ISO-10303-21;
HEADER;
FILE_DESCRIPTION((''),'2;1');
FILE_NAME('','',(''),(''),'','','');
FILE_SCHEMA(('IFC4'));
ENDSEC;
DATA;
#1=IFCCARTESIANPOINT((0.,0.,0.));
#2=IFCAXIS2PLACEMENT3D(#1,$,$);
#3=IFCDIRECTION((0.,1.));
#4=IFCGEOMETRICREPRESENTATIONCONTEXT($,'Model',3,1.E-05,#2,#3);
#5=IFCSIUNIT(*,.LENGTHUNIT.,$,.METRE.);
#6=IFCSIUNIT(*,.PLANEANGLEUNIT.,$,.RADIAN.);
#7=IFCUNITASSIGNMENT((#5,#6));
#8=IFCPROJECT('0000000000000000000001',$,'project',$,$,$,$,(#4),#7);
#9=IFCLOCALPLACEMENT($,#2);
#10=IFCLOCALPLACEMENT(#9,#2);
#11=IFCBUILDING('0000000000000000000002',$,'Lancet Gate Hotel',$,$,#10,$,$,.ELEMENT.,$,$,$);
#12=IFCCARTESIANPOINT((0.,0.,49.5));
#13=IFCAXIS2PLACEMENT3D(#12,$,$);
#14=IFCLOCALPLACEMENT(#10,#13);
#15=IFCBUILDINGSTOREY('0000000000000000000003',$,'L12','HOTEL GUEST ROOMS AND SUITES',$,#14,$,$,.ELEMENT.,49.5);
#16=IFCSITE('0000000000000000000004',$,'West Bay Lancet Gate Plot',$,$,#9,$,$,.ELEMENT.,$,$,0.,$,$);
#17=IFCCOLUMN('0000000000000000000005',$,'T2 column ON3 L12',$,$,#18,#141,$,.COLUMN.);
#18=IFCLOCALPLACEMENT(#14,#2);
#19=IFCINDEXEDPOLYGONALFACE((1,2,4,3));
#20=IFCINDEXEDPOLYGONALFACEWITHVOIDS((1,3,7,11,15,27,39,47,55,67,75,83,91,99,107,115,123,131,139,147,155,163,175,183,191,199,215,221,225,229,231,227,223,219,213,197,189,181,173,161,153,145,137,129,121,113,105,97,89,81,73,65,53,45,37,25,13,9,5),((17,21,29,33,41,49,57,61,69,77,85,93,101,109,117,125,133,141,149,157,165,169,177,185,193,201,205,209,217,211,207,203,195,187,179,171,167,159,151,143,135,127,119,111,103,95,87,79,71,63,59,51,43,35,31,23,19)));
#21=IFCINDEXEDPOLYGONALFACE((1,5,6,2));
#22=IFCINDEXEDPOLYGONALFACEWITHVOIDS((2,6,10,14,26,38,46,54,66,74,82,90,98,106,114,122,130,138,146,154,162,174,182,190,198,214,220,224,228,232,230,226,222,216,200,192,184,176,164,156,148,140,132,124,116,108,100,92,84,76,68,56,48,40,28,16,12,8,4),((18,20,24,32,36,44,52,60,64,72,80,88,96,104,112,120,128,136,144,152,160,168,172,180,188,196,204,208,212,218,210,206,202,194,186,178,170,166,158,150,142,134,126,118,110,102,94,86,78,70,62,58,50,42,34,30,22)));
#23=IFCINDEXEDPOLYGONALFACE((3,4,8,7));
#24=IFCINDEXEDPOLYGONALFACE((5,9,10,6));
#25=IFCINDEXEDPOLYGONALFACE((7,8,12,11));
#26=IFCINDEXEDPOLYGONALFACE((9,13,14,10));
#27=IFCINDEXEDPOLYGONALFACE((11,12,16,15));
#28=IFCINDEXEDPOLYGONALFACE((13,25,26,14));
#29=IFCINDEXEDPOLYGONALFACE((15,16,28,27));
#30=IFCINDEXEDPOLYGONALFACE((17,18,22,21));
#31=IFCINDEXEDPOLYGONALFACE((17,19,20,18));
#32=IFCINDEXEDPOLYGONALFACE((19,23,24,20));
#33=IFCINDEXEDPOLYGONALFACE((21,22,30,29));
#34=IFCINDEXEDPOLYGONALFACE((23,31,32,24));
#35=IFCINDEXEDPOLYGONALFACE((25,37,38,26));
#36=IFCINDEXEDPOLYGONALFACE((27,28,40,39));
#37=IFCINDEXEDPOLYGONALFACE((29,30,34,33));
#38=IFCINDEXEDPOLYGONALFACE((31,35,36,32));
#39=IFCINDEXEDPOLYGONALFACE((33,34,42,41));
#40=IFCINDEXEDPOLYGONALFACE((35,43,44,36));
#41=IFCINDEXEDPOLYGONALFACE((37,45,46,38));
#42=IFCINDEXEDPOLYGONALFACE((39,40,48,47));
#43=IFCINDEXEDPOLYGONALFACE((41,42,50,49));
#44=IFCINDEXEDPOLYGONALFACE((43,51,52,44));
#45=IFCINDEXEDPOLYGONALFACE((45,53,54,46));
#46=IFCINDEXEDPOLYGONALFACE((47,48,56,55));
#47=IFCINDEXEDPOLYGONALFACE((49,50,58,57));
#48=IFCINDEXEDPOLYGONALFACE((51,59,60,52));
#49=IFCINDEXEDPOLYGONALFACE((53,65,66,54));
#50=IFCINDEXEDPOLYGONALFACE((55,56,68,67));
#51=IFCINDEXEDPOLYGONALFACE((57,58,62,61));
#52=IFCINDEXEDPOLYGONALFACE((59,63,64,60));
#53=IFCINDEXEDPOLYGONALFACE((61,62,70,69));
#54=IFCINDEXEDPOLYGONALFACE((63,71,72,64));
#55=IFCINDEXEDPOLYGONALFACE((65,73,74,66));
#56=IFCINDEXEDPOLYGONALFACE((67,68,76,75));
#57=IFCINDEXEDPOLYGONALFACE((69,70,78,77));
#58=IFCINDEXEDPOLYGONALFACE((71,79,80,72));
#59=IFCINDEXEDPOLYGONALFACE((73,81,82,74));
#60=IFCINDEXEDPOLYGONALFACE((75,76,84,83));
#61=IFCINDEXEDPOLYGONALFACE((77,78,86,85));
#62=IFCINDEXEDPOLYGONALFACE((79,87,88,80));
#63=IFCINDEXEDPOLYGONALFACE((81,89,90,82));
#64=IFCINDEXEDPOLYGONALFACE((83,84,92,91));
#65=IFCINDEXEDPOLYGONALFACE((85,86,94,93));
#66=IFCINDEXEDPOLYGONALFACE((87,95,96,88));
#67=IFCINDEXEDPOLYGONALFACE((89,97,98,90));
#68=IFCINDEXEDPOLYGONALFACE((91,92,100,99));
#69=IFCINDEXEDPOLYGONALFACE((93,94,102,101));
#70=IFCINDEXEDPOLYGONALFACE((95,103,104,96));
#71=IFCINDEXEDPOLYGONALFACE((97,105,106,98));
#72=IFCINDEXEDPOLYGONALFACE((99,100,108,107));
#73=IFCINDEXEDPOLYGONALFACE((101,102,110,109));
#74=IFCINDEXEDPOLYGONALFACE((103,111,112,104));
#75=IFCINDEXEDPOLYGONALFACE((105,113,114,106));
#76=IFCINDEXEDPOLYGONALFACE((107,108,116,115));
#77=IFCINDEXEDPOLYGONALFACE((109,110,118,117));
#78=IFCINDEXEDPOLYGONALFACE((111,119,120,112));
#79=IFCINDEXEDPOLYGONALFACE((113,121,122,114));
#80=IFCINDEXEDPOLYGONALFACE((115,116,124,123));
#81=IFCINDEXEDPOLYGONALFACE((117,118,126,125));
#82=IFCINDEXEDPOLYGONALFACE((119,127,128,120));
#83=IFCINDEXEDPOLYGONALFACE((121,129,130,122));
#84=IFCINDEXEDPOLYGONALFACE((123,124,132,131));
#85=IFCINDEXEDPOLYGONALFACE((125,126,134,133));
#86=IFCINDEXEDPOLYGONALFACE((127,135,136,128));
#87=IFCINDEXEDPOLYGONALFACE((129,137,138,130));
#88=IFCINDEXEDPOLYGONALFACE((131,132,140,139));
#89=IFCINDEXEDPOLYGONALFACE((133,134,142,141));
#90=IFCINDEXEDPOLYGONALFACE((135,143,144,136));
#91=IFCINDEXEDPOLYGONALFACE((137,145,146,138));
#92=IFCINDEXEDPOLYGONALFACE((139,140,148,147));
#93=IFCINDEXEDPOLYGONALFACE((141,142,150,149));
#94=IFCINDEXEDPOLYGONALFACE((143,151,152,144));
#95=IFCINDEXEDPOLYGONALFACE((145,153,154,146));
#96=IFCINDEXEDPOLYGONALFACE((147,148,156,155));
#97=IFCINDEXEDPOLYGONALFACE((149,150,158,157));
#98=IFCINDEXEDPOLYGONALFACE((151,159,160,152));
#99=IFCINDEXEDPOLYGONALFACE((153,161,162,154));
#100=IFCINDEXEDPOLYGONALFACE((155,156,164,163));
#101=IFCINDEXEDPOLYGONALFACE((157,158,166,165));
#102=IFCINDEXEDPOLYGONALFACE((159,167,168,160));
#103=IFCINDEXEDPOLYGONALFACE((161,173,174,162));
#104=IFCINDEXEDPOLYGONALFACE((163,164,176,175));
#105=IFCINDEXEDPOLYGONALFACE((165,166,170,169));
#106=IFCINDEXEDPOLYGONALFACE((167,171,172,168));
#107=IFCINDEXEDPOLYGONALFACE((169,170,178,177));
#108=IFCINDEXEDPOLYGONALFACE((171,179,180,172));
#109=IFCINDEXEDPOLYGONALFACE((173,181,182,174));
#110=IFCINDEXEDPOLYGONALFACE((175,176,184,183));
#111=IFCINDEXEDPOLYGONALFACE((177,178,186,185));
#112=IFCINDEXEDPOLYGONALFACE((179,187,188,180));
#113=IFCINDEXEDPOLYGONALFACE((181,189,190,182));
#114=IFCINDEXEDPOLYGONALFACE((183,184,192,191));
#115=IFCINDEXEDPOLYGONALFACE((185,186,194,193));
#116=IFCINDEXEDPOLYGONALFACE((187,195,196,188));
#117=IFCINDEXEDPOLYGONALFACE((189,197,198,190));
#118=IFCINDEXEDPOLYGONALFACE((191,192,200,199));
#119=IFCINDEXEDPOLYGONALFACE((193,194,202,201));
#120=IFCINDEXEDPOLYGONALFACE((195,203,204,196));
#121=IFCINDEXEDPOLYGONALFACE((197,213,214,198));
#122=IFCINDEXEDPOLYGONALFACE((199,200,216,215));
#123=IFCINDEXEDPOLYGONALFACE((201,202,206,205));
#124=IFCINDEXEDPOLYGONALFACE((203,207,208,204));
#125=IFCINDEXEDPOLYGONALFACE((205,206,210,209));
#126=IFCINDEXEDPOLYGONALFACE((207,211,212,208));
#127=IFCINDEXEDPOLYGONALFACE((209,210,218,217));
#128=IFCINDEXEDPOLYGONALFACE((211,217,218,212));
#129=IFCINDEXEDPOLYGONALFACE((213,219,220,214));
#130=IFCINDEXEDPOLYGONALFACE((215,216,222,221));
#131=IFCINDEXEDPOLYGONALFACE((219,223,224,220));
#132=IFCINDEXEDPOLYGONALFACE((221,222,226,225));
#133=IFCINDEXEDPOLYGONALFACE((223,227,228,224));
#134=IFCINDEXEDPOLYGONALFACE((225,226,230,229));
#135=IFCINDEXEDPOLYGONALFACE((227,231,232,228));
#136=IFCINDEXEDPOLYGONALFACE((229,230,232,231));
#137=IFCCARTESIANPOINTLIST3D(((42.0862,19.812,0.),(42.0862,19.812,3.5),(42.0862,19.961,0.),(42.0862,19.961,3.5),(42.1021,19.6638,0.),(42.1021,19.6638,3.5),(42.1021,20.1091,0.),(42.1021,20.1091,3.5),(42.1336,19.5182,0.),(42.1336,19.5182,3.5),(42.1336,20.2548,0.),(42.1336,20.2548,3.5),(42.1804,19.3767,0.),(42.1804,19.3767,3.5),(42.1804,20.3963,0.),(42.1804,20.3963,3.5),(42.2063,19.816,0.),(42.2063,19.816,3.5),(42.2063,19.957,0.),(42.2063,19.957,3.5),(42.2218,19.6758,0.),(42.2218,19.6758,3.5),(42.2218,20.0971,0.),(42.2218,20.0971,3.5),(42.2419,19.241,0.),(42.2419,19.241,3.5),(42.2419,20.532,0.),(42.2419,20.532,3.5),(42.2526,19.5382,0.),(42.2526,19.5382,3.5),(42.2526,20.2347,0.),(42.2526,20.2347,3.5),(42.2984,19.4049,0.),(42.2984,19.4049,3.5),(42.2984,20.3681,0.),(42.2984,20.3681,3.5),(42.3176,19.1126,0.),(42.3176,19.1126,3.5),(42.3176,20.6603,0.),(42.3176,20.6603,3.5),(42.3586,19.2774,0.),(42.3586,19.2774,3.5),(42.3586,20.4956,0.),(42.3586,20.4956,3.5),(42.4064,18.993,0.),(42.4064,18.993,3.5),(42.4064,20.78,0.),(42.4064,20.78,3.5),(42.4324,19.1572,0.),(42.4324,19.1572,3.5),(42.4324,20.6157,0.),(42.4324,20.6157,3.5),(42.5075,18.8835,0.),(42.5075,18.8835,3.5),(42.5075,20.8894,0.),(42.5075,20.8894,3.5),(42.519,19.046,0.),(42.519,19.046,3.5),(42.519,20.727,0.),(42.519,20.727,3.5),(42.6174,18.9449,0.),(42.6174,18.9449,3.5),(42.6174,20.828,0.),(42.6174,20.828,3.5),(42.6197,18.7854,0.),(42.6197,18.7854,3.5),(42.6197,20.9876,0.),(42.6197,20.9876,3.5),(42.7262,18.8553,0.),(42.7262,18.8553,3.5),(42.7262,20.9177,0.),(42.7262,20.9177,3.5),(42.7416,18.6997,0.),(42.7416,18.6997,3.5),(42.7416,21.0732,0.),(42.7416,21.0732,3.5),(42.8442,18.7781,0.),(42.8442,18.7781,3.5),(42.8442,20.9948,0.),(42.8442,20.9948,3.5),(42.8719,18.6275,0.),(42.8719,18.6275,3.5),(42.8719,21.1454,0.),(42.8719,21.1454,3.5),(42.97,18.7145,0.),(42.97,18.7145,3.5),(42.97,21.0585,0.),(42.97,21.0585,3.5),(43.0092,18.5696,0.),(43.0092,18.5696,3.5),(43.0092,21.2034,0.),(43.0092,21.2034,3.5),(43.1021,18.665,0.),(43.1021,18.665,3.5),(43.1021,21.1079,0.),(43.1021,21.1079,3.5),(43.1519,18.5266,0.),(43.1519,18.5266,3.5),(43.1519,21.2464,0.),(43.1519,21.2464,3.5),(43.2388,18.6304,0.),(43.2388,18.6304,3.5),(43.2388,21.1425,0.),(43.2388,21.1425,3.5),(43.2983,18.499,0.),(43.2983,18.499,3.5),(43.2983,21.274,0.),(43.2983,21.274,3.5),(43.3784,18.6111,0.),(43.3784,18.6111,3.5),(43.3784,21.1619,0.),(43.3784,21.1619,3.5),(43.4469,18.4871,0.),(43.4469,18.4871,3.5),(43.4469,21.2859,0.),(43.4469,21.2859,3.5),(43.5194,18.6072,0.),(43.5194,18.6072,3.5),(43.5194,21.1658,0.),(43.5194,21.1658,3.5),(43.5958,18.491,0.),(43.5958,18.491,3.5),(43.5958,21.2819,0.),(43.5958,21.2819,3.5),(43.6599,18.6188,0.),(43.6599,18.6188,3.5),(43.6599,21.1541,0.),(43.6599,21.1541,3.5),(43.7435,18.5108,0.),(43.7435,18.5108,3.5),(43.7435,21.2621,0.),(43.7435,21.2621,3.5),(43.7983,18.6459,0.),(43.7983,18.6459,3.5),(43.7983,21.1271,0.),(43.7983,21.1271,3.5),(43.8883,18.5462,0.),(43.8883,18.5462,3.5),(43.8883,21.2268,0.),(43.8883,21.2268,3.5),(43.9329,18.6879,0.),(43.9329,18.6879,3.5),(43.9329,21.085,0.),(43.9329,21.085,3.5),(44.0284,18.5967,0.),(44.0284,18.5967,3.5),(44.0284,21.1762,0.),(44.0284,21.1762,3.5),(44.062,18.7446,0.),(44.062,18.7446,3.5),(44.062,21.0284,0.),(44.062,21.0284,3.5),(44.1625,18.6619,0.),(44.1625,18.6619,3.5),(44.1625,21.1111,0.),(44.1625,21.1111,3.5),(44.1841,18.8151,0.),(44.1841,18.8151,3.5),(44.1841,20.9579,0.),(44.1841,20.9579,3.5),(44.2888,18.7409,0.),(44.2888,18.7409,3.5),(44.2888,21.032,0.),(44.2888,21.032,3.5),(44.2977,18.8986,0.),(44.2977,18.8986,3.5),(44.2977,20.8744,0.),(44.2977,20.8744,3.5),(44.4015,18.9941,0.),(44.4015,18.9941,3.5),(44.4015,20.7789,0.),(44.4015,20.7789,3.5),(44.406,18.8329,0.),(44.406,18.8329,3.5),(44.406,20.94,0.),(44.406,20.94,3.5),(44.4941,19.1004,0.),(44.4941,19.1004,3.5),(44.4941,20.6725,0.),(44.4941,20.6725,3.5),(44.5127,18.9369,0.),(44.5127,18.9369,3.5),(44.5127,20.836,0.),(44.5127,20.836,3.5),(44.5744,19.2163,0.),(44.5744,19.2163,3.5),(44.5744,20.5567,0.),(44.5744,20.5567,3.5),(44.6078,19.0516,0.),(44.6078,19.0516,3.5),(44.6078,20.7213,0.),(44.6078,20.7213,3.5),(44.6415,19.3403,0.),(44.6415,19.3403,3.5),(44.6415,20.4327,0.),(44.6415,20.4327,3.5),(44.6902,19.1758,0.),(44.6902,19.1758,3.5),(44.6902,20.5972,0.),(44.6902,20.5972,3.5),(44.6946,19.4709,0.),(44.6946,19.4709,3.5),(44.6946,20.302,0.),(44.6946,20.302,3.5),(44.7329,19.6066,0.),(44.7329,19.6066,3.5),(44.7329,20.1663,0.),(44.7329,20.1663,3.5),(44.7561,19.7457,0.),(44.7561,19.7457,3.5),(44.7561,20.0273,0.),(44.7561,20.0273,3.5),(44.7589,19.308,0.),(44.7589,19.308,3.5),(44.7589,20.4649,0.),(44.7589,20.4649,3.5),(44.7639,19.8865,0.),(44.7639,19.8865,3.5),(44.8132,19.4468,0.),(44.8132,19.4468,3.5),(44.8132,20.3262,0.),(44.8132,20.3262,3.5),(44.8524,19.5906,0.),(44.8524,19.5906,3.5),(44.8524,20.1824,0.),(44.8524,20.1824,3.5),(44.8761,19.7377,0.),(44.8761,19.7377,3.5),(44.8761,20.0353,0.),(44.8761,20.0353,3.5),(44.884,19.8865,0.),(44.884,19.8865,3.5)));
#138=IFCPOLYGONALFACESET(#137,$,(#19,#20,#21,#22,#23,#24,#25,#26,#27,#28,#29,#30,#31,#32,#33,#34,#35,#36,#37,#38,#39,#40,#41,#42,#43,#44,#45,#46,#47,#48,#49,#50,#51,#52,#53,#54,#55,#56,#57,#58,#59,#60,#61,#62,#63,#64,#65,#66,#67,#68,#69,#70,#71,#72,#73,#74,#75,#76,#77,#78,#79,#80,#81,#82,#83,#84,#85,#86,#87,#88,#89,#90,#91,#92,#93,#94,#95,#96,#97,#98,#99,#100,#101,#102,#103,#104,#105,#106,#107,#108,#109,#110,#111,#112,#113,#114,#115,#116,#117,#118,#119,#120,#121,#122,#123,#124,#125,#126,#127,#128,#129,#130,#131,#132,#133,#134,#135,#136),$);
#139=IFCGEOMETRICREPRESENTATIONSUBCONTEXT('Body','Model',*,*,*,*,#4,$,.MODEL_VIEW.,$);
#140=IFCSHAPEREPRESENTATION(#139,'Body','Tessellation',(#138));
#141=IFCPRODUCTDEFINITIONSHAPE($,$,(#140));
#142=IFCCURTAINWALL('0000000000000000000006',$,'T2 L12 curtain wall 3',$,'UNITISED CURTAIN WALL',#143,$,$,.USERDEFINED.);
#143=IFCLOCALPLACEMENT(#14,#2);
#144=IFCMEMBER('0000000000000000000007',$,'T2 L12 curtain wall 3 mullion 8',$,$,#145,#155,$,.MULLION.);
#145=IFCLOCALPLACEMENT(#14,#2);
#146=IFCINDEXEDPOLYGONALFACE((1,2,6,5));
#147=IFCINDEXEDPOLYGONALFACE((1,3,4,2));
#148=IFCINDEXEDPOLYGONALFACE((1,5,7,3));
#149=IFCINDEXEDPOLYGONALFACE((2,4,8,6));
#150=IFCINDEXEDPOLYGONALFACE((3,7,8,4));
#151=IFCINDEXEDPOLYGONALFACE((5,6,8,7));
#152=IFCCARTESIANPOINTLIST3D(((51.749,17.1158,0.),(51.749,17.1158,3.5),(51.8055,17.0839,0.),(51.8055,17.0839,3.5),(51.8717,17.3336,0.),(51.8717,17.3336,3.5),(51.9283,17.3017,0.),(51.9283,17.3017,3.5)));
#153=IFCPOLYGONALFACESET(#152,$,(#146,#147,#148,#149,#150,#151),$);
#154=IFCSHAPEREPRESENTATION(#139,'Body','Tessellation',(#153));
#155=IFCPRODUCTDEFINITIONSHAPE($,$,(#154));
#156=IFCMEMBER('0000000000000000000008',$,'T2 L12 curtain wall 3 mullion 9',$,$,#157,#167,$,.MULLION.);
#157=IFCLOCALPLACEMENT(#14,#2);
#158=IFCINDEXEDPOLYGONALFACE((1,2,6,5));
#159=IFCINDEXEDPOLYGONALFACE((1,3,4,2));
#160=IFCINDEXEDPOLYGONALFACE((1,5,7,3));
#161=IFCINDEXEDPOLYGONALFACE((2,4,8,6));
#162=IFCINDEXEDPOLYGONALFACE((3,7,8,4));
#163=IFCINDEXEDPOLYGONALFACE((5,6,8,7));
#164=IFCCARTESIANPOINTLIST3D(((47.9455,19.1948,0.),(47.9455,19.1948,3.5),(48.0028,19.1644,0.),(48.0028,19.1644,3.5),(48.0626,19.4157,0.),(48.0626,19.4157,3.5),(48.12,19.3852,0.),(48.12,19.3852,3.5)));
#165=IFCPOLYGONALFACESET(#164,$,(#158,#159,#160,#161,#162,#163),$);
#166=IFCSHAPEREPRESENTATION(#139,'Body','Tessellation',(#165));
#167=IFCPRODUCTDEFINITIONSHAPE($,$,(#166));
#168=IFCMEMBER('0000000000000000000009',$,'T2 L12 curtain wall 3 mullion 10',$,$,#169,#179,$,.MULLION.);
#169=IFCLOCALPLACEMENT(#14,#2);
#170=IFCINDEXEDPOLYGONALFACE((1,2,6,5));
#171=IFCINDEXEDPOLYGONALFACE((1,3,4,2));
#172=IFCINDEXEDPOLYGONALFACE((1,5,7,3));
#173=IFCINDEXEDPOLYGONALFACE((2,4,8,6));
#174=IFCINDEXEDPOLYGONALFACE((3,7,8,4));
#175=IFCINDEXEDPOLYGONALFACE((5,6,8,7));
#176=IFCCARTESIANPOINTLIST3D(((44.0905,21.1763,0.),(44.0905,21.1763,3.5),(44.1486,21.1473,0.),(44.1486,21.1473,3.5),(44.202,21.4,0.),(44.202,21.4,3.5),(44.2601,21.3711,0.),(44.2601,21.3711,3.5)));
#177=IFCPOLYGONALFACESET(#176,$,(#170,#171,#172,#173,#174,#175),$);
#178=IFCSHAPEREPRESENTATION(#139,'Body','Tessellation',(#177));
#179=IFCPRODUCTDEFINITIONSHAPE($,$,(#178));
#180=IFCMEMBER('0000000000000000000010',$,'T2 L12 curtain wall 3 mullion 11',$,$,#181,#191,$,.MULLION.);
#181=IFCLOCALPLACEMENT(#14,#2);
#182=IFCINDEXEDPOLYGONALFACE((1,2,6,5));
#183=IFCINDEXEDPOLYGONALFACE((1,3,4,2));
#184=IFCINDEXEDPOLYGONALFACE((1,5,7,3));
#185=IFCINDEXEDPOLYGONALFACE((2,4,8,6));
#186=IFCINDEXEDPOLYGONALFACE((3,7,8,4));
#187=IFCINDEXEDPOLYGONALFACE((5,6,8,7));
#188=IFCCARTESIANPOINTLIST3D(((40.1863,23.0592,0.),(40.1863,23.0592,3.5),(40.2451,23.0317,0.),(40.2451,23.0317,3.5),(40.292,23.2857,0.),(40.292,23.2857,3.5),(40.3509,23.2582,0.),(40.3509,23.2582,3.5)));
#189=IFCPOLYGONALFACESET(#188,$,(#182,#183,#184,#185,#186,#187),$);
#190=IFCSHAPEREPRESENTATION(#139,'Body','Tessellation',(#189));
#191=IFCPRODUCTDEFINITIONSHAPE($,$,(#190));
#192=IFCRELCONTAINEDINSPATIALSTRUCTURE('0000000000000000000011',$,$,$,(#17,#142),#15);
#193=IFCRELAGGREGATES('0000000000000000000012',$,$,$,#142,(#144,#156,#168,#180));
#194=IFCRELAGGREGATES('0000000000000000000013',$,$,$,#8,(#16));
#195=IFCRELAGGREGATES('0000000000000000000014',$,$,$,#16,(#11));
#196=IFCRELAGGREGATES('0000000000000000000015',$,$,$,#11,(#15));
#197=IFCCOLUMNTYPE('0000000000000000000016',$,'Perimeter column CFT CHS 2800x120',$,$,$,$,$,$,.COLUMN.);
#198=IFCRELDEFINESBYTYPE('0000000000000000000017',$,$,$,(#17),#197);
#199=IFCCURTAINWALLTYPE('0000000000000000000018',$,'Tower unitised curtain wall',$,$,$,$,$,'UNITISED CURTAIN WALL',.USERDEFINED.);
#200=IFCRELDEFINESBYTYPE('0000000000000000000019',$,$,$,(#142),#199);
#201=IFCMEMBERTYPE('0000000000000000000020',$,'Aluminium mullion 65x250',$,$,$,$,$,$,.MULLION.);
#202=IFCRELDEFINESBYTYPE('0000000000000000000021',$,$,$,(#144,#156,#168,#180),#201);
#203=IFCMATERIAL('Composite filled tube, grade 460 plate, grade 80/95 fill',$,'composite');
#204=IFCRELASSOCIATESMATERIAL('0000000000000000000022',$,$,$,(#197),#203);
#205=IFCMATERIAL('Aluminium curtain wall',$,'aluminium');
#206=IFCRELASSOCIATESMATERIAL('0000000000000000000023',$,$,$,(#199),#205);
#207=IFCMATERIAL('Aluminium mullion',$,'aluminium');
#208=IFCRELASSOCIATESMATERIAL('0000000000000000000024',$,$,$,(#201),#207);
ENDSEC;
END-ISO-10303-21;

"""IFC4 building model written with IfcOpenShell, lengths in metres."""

from ifc_helpers import new_model, si_unit, direction, frame, origin, origin_2d, place, context, subcontext, project, spatial, rectangle, hollow_circle, extrude, material, material_profile, profile_set, type_object, element, aggregate, save


model = new_model("IFC4")

# Units and contexts
model_context = context("Model", 3, precision=1e-05, world=origin(), true_north=direction((0.0, 1.0)))
body_context = subcontext(model_context, "Body", "Model", "MODEL_VIEW")
ifc_project = project(units=[si_unit("LENGTHUNIT", "METRE"), si_unit("PLANEANGLEUNIT", "RADIAN")], contexts=[model_context])

# Site, building, storey
site_placement = place(None, origin())
site = spatial("IfcSite", under=ifc_project, at=site_placement, Name="West Bay Lancet Gate Plot", CompositionType="ELEMENT", RefElevation=0.0)
building_placement = place(site_placement, origin())
building = spatial("IfcBuilding", under=site, at=building_placement, Name="Lancet Gate Hotel", CompositionType="ELEMENT")
storey_placement = place(building_placement, frame((0.0, 0.0, 49.5)))
storey = spatial("IfcBuildingStorey", under=building, at=storey_placement, Name="L12", Description="HOTEL GUEST ROOMS AND SUITES", CompositionType="ELEMENT", Elevation=49.5)

# Column
ifc_material_1 = material(Name="Composite filled tube, grade 460 plate, grade 80/95 fill", Category="composite")
ifc_material_profile_1 = material_profile(ifc_material_1, hollow_circle(Radius=1.3999, WallThickness=0.1201, at=origin_2d()), Name="CHS 2800x120")
ifc_profile_set_1 = profile_set([ifc_material_profile_1], Name="Composite filled tube, grade 460 plate, grade 80/95 fill")
column_type = type_object("IfcColumnType", Name="Perimeter column CFT CHS 2800x120", PredefinedType="COLUMN", material=ifc_profile_set_1)
column_placement = place(storey_placement, frame((43.4841, 19.8865, 0.0), z_axis=(0.0, 0.0, 1.0), x_axis=(1.0, 0.0, 0.0)))
element("IfcColumn", 1, at=column_placement, inside=storey, type_object=column_type, Name="T2 column ON3 L12", PredefinedType="COLUMN", context=body_context, shape_type="SweptSolid", body=[
    extrude(hollow_circle(Radius=1.3999, WallThickness=0.1201, at=origin_2d()), origin(), (0.0, 0.0, 1.0), 3.5),
])

# Curtain wall, members
ifc_material_2 = material(Name="Aluminium curtain wall", Category="aluminium")
curtain_wall_type = type_object("IfcCurtainWallType", Name="Tower unitised curtain wall", ElementType="UNITISED CURTAIN WALL", PredefinedType="USERDEFINED", material=ifc_material_2)
curtain_wall_placement = place(storey_placement, origin())
curtain_wall = element("IfcCurtainWall", 2, at=curtain_wall_placement, inside=storey, type_object=curtain_wall_type, Name="T2 L12 curtain wall 3", ObjectType="UNITISED CURTAIN WALL", PredefinedType="USERDEFINED")
ifc_material_3 = material(Name="Aluminium mullion", Category="aluminium")
ifc_material_profile_2 = material_profile(ifc_material_3, rectangle(XDim=0.0649, YDim=0.25, at=origin_2d()), Name="MULLION 65x250")
ifc_profile_set_2 = profile_set([ifc_material_profile_2], Name="Aluminium mullion")
member_type_1 = type_object("IfcMemberType", Name="Aluminium mullion 65x250", PredefinedType="MULLION", material=ifc_profile_set_2)
member_1_placement = place(storey_placement, frame((51.8386, 17.2087, 0.0), z_axis=(0.0, 0.0, 1.0), x_axis=(-0.87119, 0.490945, 0.0)))
member_1 = element("IfcMember", 3, at=member_1_placement, type_object=member_type_1, Name="T2 L12 curtain wall 3 mullion 8", PredefinedType="MULLION", context=body_context, shape_type="SweptSolid", body=[
    extrude(rectangle(XDim=0.0649, YDim=0.25, at=origin_2d()), origin(), (0.0, 0.0, 1.0), 3.5),
])
member_2_placement = place(storey_placement, frame((48.0327, 19.29, 0.0), z_axis=(0.0, 0.0, 1.0), x_axis=(-0.883403, 0.468613, 0.0)))
member_2 = element("IfcMember", 4, at=member_2_placement, type_object=member_type_1, Name="T2 L12 curtain wall 3 mullion 9", PredefinedType="MULLION", context=body_context, shape_type="SweptSolid", body=[
    extrude(rectangle(XDim=0.0649, YDim=0.25, at=origin_2d()), origin(), (0.0, 0.0, 1.0), 3.5),
])
member_3_placement = place(storey_placement, frame((44.1753, 21.2737, 0.0), z_axis=(0.0, 0.0, 1.0), x_axis=(-0.895044, 0.445978, 0.0)))
member_3 = element("IfcMember", 5, at=member_3_placement, type_object=member_type_1, Name="T2 L12 curtain wall 3 mullion 10", PredefinedType="MULLION", context=body_context, shape_type="SweptSolid", body=[
    extrude(rectangle(XDim=0.0649, YDim=0.25, at=origin_2d()), origin(), (0.0, 0.0, 1.0), 3.5),
])
member_4_placement = place(storey_placement, frame((40.2686, 23.1587, 0.0), z_axis=(0.0, 0.0, 1.0), x_axis=(-0.906105, 0.423053, 0.0)))
member_4 = element("IfcMember", 6, at=member_4_placement, type_object=member_type_1, Name="T2 L12 curtain wall 3 mullion 11", PredefinedType="MULLION", context=body_context, shape_type="SweptSolid", body=[
    extrude(rectangle(XDim=0.0649, YDim=0.25, at=origin_2d()), origin(), (0.0, 0.0, 1.0), 3.5),
])

aggregate(curtain_wall, [member_1, member_2, member_3, member_4])

save(model, "model.ifc")
